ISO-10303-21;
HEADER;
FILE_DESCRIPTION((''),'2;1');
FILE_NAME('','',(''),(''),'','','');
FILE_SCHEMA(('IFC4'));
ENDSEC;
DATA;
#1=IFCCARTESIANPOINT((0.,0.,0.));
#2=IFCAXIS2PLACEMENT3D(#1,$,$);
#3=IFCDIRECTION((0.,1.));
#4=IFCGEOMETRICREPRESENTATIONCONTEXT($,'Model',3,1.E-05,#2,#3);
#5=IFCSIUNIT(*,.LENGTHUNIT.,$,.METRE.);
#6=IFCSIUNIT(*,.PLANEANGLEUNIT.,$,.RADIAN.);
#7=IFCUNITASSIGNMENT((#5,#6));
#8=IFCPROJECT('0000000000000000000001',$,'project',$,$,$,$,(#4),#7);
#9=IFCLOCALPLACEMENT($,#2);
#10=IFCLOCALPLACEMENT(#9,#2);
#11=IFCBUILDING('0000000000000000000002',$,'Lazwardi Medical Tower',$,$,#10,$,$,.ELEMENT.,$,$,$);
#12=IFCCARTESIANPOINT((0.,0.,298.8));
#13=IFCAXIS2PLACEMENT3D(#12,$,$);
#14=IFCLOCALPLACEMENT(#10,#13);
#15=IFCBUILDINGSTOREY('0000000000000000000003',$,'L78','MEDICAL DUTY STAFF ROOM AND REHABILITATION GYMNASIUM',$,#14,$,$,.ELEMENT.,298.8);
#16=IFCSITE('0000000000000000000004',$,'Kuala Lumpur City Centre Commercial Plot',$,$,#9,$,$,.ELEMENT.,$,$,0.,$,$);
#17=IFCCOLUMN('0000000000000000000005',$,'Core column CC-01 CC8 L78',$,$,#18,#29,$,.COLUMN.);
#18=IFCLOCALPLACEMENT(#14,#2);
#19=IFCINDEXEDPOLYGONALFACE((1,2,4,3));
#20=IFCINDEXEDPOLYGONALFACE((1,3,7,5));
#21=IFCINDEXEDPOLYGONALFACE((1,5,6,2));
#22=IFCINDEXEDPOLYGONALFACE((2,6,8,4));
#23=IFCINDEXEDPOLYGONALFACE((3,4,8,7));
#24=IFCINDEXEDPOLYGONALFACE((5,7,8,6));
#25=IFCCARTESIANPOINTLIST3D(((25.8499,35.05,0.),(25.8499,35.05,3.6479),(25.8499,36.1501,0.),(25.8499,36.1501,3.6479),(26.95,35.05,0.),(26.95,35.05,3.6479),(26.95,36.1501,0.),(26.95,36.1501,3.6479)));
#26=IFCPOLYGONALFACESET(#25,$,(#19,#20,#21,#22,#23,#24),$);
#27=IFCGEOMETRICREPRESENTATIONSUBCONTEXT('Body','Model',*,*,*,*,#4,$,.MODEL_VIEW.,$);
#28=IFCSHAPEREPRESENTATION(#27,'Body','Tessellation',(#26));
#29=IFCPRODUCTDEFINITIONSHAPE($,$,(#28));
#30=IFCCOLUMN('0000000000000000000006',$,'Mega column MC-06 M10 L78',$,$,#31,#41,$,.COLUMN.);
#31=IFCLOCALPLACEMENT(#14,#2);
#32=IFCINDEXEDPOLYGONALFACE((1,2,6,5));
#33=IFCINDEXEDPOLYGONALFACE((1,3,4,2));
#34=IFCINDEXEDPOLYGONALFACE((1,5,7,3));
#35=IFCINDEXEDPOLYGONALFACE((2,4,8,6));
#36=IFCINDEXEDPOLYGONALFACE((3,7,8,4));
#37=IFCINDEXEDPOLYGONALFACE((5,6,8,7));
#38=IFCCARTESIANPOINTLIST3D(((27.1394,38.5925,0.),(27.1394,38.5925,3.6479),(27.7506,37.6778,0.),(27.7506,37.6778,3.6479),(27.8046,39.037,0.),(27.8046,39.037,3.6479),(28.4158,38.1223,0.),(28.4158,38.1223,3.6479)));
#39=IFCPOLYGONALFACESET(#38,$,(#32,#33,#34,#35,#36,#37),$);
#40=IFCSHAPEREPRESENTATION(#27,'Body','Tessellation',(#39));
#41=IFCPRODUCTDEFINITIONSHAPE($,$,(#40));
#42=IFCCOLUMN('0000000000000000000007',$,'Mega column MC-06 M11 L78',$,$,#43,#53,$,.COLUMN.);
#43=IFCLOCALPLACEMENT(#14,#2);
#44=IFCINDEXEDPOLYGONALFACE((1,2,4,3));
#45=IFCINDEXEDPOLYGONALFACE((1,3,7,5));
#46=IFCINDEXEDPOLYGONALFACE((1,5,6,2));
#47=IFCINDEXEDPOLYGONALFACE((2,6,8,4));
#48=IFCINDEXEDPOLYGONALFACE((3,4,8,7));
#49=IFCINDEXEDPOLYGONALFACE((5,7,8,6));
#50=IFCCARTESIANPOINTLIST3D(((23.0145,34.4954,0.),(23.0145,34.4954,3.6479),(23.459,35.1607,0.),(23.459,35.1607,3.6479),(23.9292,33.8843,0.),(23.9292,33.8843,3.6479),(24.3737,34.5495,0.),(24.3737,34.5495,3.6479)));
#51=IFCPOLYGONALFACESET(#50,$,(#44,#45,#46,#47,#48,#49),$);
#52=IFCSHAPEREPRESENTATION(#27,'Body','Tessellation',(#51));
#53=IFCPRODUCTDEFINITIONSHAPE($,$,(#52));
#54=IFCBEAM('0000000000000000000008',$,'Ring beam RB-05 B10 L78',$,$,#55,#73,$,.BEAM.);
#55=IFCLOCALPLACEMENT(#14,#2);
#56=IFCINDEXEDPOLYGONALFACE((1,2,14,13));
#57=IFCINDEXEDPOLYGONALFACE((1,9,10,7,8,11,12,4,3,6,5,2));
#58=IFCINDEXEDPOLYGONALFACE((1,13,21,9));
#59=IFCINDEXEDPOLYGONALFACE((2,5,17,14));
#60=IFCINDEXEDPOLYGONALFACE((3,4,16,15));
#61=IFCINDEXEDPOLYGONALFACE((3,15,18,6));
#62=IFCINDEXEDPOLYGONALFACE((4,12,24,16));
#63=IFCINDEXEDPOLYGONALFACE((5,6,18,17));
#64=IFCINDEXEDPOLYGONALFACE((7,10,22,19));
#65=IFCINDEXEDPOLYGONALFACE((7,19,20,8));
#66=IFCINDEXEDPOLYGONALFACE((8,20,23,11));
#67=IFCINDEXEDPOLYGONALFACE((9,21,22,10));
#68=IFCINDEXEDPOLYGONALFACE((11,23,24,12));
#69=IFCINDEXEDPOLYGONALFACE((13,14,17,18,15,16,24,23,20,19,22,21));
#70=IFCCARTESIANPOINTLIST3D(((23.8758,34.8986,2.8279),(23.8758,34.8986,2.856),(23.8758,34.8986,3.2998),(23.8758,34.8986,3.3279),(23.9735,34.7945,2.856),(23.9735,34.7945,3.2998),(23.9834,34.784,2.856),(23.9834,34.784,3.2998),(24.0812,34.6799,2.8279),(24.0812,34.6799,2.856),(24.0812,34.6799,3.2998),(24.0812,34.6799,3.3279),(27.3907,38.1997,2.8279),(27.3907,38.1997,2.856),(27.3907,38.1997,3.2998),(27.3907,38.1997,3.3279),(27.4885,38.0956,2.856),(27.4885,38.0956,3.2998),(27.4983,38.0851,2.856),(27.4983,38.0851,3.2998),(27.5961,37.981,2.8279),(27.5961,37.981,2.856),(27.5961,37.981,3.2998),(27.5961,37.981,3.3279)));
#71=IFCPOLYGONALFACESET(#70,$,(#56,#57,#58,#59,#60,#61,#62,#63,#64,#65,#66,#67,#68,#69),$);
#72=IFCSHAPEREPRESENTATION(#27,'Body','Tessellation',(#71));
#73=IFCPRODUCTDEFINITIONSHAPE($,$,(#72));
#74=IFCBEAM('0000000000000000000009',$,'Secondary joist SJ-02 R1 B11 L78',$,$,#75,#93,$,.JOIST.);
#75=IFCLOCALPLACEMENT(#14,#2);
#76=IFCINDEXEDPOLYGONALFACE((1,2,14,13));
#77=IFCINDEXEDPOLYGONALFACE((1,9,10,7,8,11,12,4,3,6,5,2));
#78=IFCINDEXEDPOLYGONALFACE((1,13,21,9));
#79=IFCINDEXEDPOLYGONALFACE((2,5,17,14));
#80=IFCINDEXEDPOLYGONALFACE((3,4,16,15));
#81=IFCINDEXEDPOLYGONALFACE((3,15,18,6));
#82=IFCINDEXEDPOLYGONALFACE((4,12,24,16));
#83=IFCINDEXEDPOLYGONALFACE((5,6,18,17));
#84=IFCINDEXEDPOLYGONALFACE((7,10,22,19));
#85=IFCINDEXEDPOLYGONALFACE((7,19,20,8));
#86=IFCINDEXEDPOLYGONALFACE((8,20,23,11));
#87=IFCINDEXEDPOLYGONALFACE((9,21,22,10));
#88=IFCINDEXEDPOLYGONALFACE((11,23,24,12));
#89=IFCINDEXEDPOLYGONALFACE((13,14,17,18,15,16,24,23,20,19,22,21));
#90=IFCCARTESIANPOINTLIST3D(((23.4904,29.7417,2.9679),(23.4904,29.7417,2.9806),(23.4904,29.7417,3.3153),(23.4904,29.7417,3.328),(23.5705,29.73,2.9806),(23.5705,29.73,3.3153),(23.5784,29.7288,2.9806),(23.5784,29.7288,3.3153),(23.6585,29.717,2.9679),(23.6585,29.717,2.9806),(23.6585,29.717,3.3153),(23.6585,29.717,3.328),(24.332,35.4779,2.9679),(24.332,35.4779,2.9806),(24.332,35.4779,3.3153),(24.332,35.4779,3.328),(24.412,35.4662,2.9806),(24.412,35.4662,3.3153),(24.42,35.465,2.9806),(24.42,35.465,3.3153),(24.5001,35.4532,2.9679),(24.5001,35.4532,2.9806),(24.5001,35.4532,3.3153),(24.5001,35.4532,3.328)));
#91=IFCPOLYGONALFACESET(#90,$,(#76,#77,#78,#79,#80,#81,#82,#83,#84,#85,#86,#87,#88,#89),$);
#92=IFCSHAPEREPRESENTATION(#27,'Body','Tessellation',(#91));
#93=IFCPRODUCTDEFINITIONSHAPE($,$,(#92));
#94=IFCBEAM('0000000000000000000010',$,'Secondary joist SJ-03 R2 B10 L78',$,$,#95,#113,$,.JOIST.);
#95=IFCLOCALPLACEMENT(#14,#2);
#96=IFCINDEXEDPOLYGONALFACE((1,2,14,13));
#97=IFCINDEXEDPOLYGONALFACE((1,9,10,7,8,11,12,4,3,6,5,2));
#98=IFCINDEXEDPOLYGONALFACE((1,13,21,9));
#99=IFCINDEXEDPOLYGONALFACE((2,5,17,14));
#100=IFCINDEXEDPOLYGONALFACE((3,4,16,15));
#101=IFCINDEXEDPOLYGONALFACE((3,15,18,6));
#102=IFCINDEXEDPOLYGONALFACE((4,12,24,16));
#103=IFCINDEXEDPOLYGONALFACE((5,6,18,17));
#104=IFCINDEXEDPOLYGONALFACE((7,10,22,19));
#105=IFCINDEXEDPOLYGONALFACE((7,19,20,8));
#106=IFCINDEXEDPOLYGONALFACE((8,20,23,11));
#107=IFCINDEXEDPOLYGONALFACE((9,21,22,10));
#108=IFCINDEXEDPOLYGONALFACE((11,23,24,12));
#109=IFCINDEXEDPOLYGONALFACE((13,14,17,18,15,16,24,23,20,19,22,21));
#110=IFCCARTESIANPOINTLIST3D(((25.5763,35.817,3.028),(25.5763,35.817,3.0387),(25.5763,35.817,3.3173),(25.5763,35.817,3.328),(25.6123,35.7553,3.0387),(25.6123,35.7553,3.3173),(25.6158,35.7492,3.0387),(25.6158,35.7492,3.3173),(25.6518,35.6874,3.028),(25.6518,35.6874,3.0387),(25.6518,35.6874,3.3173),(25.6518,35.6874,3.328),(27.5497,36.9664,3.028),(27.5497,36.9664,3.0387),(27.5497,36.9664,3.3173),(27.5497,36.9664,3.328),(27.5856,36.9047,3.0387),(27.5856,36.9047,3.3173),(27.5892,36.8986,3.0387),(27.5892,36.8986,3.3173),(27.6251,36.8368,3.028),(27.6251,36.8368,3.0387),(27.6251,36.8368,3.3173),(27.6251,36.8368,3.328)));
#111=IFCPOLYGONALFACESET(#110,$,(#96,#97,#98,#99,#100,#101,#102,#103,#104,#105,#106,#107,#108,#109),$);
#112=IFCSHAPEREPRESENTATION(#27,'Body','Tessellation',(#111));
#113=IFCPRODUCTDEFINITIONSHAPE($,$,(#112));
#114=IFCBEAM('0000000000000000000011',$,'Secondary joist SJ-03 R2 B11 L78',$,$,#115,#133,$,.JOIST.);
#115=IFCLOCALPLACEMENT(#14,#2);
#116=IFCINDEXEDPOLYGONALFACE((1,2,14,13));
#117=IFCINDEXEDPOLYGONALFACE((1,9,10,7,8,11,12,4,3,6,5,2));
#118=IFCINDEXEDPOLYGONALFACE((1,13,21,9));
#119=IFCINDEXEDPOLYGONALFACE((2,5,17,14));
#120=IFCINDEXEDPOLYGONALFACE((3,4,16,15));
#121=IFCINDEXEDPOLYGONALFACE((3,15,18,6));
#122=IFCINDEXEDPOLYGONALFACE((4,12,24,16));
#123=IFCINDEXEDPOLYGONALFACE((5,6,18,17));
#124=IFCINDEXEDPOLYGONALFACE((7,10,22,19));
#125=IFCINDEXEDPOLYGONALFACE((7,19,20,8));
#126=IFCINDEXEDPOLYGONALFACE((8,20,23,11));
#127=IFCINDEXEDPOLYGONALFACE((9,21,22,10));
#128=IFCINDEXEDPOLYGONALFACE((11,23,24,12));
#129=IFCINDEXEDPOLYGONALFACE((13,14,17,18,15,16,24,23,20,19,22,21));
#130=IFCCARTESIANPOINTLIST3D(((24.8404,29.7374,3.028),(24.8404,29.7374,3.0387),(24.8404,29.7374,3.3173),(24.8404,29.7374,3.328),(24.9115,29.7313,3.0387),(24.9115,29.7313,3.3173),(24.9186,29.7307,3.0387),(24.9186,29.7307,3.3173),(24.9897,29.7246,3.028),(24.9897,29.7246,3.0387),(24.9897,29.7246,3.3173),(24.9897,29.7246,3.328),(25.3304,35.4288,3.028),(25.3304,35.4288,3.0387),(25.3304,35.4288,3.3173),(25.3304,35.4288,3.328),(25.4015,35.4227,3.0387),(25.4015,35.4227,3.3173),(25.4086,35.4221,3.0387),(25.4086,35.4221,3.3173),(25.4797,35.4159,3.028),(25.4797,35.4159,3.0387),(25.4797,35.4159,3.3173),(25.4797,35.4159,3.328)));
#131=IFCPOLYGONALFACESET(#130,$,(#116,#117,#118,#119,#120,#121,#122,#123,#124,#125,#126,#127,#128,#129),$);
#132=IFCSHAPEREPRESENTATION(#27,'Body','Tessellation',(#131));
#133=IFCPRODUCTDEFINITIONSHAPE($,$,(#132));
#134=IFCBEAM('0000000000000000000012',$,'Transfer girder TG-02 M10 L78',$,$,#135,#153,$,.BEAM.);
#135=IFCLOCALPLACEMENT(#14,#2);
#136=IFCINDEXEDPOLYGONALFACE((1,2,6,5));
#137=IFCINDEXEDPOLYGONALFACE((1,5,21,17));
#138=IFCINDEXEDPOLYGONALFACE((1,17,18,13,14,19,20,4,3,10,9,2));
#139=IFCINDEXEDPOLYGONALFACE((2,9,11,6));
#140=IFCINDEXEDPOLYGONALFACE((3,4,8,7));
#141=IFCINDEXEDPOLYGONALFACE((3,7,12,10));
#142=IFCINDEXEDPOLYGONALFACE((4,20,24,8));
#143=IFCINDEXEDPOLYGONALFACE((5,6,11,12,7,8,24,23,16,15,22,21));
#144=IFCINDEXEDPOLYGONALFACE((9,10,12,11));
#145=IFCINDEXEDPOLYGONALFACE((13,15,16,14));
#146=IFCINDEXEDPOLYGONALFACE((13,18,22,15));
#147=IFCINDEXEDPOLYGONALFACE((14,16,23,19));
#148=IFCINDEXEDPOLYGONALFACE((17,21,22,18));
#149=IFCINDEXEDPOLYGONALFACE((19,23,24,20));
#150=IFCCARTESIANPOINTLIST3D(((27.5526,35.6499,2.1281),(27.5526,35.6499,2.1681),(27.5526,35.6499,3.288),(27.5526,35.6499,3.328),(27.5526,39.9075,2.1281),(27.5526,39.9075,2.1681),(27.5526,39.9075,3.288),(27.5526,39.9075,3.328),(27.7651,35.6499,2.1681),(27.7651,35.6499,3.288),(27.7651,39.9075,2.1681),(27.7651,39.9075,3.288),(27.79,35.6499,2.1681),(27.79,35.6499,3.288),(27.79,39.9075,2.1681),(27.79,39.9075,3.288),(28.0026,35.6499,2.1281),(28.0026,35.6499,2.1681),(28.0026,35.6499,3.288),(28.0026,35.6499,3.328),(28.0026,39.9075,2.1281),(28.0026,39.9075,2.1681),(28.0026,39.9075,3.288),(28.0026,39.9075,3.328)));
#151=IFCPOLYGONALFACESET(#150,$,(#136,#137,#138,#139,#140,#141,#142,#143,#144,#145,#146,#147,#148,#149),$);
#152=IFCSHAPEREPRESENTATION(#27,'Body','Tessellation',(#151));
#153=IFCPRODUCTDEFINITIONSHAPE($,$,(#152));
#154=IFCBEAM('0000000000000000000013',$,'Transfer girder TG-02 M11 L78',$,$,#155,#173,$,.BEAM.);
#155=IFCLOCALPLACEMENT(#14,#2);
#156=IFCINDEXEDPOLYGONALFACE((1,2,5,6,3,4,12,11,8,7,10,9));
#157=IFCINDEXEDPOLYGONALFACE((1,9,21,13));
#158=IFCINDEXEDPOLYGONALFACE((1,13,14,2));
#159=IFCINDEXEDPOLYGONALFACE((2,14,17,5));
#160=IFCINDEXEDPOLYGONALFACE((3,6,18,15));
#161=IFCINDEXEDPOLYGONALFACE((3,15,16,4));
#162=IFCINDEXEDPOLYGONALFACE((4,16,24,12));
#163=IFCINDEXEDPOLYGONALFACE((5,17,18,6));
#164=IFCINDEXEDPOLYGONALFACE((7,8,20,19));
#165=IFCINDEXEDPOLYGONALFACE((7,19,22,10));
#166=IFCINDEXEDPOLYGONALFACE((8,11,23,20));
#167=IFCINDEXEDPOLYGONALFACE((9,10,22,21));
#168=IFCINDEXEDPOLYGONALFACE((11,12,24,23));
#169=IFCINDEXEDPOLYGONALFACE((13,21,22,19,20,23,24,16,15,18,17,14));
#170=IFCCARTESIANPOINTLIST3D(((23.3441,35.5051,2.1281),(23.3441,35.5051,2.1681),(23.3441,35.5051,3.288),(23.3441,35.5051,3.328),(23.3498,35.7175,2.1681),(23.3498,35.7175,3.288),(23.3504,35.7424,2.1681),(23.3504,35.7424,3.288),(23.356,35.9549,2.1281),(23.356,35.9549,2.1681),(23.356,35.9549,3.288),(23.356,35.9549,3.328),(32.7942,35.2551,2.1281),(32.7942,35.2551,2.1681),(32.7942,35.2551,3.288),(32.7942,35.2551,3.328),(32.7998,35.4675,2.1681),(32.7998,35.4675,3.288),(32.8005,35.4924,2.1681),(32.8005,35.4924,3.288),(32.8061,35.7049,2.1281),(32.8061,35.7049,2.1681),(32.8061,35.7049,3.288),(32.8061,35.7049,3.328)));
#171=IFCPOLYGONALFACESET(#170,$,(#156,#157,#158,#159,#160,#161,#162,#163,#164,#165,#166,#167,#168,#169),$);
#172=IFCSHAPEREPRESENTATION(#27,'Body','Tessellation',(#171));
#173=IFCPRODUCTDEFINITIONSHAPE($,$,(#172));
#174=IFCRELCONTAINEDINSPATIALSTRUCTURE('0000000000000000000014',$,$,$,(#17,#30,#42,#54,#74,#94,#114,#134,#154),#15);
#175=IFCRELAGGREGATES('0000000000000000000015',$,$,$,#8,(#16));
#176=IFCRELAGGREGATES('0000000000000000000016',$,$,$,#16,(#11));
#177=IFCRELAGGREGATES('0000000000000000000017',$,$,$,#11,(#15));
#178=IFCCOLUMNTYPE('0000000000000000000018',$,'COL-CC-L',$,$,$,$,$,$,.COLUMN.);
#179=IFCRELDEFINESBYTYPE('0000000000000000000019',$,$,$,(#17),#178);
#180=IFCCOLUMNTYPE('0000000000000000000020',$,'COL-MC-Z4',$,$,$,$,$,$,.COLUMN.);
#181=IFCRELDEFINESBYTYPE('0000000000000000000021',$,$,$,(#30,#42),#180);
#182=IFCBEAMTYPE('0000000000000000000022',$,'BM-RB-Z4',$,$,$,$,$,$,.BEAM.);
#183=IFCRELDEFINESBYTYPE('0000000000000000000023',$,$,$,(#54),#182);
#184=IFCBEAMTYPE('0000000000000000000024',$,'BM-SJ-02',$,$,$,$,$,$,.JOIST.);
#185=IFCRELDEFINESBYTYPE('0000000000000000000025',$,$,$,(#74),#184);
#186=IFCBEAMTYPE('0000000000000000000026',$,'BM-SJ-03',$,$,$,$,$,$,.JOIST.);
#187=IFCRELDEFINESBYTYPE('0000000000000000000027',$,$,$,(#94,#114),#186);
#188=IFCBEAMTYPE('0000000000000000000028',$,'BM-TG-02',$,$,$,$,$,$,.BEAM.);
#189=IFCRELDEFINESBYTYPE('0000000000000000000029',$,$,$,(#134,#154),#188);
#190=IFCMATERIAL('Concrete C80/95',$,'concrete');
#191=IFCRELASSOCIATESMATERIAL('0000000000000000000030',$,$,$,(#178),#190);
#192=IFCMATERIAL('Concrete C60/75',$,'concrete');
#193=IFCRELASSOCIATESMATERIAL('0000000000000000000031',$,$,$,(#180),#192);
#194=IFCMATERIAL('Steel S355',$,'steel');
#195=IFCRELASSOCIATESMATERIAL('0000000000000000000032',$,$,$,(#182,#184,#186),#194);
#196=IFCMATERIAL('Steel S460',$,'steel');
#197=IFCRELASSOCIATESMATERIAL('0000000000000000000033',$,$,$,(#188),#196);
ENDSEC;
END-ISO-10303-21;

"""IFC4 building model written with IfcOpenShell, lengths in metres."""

from ifc_helpers import new_model, si_unit, direction, frame, origin, origin_2d, place, context, subcontext, project, spatial, rectangle, i_section, extrude, material, material_profile, profile_set, type_object, element, save


model = new_model("IFC4")

# Units and contexts
model_context = context("Model", 3, precision=1e-05, world=origin(), true_north=direction((0.0, 1.0)))
body_context = subcontext(model_context, "Body", "Model", "MODEL_VIEW")
ifc_project = project(units=[si_unit("LENGTHUNIT", "METRE"), si_unit("PLANEANGLEUNIT", "RADIAN")], contexts=[model_context])

# Site, building, storey
site_placement = place(None, origin())
site = spatial("IfcSite", under=ifc_project, at=site_placement, Name="Kuala Lumpur City Centre Commercial Plot", CompositionType="ELEMENT", RefElevation=0.0)
building_placement = place(site_placement, origin())
building = spatial("IfcBuilding", under=site, at=building_placement, Name="Lazwardi Medical Tower", CompositionType="ELEMENT")
storey_placement = place(building_placement, frame((0.0, 0.0, 298.8)))
storey = spatial("IfcBuildingStorey", under=building, at=storey_placement, Name="L78", Description="MEDICAL DUTY STAFF ROOM AND REHABILITATION GYMNASIUM", CompositionType="ELEMENT", Elevation=298.8)

# Columns
ifc_material_1 = material(Name="Concrete C80/95", Category="concrete")
ifc_material_profile_1 = material_profile(ifc_material_1, rectangle(XDim=1.1001, YDim=1.1001, at=origin_2d()), Name="RC 1100x1100")
ifc_profile_set_1 = profile_set([ifc_material_profile_1], Name="Concrete C80/95")
column_type_1 = type_object("IfcColumnType", Name="COL-CC-L", PredefinedType="COLUMN", material=ifc_profile_set_1)
column_placement = place(storey_placement, frame((26.3999, 35.6001, 0.0), z_axis=(0.0, 0.0, 1.0), x_axis=(1.0, 0.0, 0.0)))
element("IfcColumn", 1, at=column_placement, inside=storey, type_object=column_type_1, Name="Core column CC-01 CC8 L78", PredefinedType="COLUMN", context=body_context, shape_type="SweptSolid", body=[
    extrude(rectangle(XDim=1.1001, YDim=1.1001, at=origin_2d()), origin(), (0.0, 0.0, 1.0), 3.6479),
])
ifc_material_2 = material(Name="Concrete C60/75", Category="concrete")
ifc_material_profile_2 = material_profile(ifc_material_2, rectangle(XDim=1.1001, YDim=0.8, at=origin_2d()), Name="CFT-RECT 1100x800")
ifc_profile_set_2 = profile_set([ifc_material_profile_2], Name="Concrete C60/75")
column_type_2 = type_object("IfcColumnType", Name="COL-MC-Z4", PredefinedType="COLUMN", material=ifc_profile_set_2)
for number, where, z_axis, x_axis, name in (
    (2, (27.7776, 38.3574, 0.0), (0.0, 0.0, 1.0), (-0.55557, 0.83147, 0.0), "Mega column MC-06 M10 L78"),
    (3, (23.6941, 34.5225, 0.0), (0.0, 0.0, 1.0), (-0.83147, 0.55557, 0.0), "Mega column MC-06 M11 L78"),
):
    element("IfcColumn", number, at=place(storey_placement, frame(where, z_axis=z_axis, x_axis=x_axis)), inside=storey, type_object=column_type_2, Name=name, PredefinedType="COLUMN", context=body_context, shape_type="SweptSolid", body=[
        extrude(rectangle(XDim=1.1001, YDim=0.8, at=origin_2d()), origin(), (0.0, 0.0, 1.0), 3.6479),
    ])

# Beams
ifc_material_3 = material(Name="Steel S355", Category="steel")
ifc_material_profile_3 = material_profile(ifc_material_3, i_section(OverallWidth=0.3, OverallDepth=0.5, WebThickness=0.0144, FlangeThickness=0.0281, at=origin_2d()), Name="HEB 500")
ifc_profile_set_3 = profile_set([ifc_material_profile_3], Name="Steel S355")
beam_type_1 = type_object("IfcBeamType", Name="BM-RB-Z4", PredefinedType="BEAM", material=ifc_profile_set_3)
beam_1_placement = place(storey_placement, frame((27.4934, 38.0903, 3.0779), z_axis=(-0.728935, -0.684583, 0.0), x_axis=(0.684583, -0.728935, 0.0)))
element("IfcBeam", 4, at=beam_1_placement, inside=storey, type_object=beam_type_1, Name="Ring beam RB-05 B10 L78", PredefinedType="BEAM", context=body_context, shape_type="SweptSolid", body=[
    extrude(i_section(OverallWidth=0.3, OverallDepth=0.5, WebThickness=0.0144, FlangeThickness=0.0281, at=origin_2d()), origin(), (0.0, 0.0, 1.0), 4.822),
])
ifc_material_profile_4 = material_profile(ifc_material_3, i_section(OverallWidth=0.1699, OverallDepth=0.3601, WebThickness=0.0081, FlangeThickness=0.0127, at=origin_2d()), Name="IPE 360")
ifc_profile_set_4 = profile_set([ifc_material_profile_4], Name="Steel S355")
beam_type_2 = type_object("IfcBeamType", Name="BM-SJ-02", PredefinedType="JOIST", material=ifc_profile_set_4)
beam_2_placement = place(storey_placement, frame((24.416, 35.4656, 3.1479), z_axis=(-0.145158, -0.989408, 0.0), x_axis=(0.989408, -0.145158, 0.0)))
element("IfcBeam", 5, at=beam_2_placement, inside=storey, type_object=beam_type_2, Name="Secondary joist SJ-02 R1 B11 L78", PredefinedType="JOIST", context=body_context, shape_type="SweptSolid", body=[
    extrude(i_section(OverallWidth=0.1699, OverallDepth=0.3601, WebThickness=0.0081, FlangeThickness=0.0127, at=origin_2d()), origin(), (0.0, 0.0, 1.0), 5.7976),
])
ifc_material_profile_5 = material_profile(ifc_material_3, i_section(OverallWidth=0.1499, OverallDepth=0.3, WebThickness=0.0071, FlangeThickness=0.0107, at=origin_2d()), Name="IPE 300")
ifc_profile_set_5 = profile_set([ifc_material_profile_5], Name="Steel S355")
beam_type_3 = type_object("IfcBeamType", Name="BM-SJ-03", PredefinedType="JOIST", material=ifc_profile_set_5)
beam_3_placement = place(storey_placement, frame((27.5874, 36.9016, 3.178), z_axis=(-0.864108, -0.503306, 0.0), x_axis=(0.503306, -0.864108, 0.0)))
element("IfcBeam", 6, at=beam_3_placement, inside=storey, type_object=beam_type_3, Name="Secondary joist SJ-03 R2 B10 L78", PredefinedType="JOIST", context=body_context, shape_type="SweptSolid", body=[
    extrude(i_section(OverallWidth=0.1499, OverallDepth=0.3, WebThickness=0.0071, FlangeThickness=0.0107, at=origin_2d()), origin(), (0.0, 0.0, 1.0), 2.2837),
])
beam_4_placement = place(storey_placement, frame((25.405, 35.4224, 3.178), z_axis=(-0.085776, -0.996314, 0.0), x_axis=(0.996314, -0.085776, 0.0)))
element("IfcBeam", 7, at=beam_4_placement, inside=storey, type_object=beam_type_3, Name="Secondary joist SJ-03 R2 B11 L78", PredefinedType="JOIST", context=body_context, shape_type="SweptSolid", body=[
    extrude(i_section(OverallWidth=0.1499, OverallDepth=0.3, WebThickness=0.0071, FlangeThickness=0.0107, at=origin_2d()), origin(), (0.0, 0.0, 1.0), 5.7124),
])
ifc_material_4 = material(Name="Steel S460", Category="steel")
ifc_material_profile_6 = material_profile(ifc_material_4, i_section(OverallWidth=0.45, OverallDepth=1.2, WebThickness=0.0249, FlangeThickness=0.04, at=origin_2d()), Name="PG 1200x450")
ifc_profile_set_6 = profile_set([ifc_material_profile_6], Name="Steel S460")
beam_type_4 = type_object("IfcBeamType", Name="BM-TG-02", PredefinedType="BEAM", material=ifc_profile_set_6)
beam_5_placement = place(storey_placement, frame((27.7776, 39.9075, 2.728), z_axis=(0.0, -1.0, 0.0), x_axis=(1.0, 0.0, 0.0)))
element("IfcBeam", 8, at=beam_5_placement, inside=storey, type_object=beam_type_4, Name="Transfer girder TG-02 M10 L78", PredefinedType="BEAM", context=body_context, shape_type="SweptSolid", body=[
    extrude(i_section(OverallWidth=0.45, OverallDepth=1.2, WebThickness=0.0249, FlangeThickness=0.04, at=origin_2d()), origin(), (0.0, 0.0, 1.0), 4.2576),
])
beam_6_placement = place(storey_placement, frame((23.3501, 35.73, 2.728), z_axis=(0.99965, -0.026446, 0.0), x_axis=(0.026446, 0.99965, 0.0)))
element("IfcBeam", 9, at=beam_6_placement, inside=storey, type_object=beam_type_4, Name="Transfer girder TG-02 M11 L78", PredefinedType="BEAM", context=body_context, shape_type="SweptSolid", body=[
    extrude(i_section(OverallWidth=0.45, OverallDepth=1.2, WebThickness=0.0249, FlangeThickness=0.04, at=origin_2d()), origin(), (0.0, 0.0, 1.0), 9.4534),
])

save(model, "model.ifc")
